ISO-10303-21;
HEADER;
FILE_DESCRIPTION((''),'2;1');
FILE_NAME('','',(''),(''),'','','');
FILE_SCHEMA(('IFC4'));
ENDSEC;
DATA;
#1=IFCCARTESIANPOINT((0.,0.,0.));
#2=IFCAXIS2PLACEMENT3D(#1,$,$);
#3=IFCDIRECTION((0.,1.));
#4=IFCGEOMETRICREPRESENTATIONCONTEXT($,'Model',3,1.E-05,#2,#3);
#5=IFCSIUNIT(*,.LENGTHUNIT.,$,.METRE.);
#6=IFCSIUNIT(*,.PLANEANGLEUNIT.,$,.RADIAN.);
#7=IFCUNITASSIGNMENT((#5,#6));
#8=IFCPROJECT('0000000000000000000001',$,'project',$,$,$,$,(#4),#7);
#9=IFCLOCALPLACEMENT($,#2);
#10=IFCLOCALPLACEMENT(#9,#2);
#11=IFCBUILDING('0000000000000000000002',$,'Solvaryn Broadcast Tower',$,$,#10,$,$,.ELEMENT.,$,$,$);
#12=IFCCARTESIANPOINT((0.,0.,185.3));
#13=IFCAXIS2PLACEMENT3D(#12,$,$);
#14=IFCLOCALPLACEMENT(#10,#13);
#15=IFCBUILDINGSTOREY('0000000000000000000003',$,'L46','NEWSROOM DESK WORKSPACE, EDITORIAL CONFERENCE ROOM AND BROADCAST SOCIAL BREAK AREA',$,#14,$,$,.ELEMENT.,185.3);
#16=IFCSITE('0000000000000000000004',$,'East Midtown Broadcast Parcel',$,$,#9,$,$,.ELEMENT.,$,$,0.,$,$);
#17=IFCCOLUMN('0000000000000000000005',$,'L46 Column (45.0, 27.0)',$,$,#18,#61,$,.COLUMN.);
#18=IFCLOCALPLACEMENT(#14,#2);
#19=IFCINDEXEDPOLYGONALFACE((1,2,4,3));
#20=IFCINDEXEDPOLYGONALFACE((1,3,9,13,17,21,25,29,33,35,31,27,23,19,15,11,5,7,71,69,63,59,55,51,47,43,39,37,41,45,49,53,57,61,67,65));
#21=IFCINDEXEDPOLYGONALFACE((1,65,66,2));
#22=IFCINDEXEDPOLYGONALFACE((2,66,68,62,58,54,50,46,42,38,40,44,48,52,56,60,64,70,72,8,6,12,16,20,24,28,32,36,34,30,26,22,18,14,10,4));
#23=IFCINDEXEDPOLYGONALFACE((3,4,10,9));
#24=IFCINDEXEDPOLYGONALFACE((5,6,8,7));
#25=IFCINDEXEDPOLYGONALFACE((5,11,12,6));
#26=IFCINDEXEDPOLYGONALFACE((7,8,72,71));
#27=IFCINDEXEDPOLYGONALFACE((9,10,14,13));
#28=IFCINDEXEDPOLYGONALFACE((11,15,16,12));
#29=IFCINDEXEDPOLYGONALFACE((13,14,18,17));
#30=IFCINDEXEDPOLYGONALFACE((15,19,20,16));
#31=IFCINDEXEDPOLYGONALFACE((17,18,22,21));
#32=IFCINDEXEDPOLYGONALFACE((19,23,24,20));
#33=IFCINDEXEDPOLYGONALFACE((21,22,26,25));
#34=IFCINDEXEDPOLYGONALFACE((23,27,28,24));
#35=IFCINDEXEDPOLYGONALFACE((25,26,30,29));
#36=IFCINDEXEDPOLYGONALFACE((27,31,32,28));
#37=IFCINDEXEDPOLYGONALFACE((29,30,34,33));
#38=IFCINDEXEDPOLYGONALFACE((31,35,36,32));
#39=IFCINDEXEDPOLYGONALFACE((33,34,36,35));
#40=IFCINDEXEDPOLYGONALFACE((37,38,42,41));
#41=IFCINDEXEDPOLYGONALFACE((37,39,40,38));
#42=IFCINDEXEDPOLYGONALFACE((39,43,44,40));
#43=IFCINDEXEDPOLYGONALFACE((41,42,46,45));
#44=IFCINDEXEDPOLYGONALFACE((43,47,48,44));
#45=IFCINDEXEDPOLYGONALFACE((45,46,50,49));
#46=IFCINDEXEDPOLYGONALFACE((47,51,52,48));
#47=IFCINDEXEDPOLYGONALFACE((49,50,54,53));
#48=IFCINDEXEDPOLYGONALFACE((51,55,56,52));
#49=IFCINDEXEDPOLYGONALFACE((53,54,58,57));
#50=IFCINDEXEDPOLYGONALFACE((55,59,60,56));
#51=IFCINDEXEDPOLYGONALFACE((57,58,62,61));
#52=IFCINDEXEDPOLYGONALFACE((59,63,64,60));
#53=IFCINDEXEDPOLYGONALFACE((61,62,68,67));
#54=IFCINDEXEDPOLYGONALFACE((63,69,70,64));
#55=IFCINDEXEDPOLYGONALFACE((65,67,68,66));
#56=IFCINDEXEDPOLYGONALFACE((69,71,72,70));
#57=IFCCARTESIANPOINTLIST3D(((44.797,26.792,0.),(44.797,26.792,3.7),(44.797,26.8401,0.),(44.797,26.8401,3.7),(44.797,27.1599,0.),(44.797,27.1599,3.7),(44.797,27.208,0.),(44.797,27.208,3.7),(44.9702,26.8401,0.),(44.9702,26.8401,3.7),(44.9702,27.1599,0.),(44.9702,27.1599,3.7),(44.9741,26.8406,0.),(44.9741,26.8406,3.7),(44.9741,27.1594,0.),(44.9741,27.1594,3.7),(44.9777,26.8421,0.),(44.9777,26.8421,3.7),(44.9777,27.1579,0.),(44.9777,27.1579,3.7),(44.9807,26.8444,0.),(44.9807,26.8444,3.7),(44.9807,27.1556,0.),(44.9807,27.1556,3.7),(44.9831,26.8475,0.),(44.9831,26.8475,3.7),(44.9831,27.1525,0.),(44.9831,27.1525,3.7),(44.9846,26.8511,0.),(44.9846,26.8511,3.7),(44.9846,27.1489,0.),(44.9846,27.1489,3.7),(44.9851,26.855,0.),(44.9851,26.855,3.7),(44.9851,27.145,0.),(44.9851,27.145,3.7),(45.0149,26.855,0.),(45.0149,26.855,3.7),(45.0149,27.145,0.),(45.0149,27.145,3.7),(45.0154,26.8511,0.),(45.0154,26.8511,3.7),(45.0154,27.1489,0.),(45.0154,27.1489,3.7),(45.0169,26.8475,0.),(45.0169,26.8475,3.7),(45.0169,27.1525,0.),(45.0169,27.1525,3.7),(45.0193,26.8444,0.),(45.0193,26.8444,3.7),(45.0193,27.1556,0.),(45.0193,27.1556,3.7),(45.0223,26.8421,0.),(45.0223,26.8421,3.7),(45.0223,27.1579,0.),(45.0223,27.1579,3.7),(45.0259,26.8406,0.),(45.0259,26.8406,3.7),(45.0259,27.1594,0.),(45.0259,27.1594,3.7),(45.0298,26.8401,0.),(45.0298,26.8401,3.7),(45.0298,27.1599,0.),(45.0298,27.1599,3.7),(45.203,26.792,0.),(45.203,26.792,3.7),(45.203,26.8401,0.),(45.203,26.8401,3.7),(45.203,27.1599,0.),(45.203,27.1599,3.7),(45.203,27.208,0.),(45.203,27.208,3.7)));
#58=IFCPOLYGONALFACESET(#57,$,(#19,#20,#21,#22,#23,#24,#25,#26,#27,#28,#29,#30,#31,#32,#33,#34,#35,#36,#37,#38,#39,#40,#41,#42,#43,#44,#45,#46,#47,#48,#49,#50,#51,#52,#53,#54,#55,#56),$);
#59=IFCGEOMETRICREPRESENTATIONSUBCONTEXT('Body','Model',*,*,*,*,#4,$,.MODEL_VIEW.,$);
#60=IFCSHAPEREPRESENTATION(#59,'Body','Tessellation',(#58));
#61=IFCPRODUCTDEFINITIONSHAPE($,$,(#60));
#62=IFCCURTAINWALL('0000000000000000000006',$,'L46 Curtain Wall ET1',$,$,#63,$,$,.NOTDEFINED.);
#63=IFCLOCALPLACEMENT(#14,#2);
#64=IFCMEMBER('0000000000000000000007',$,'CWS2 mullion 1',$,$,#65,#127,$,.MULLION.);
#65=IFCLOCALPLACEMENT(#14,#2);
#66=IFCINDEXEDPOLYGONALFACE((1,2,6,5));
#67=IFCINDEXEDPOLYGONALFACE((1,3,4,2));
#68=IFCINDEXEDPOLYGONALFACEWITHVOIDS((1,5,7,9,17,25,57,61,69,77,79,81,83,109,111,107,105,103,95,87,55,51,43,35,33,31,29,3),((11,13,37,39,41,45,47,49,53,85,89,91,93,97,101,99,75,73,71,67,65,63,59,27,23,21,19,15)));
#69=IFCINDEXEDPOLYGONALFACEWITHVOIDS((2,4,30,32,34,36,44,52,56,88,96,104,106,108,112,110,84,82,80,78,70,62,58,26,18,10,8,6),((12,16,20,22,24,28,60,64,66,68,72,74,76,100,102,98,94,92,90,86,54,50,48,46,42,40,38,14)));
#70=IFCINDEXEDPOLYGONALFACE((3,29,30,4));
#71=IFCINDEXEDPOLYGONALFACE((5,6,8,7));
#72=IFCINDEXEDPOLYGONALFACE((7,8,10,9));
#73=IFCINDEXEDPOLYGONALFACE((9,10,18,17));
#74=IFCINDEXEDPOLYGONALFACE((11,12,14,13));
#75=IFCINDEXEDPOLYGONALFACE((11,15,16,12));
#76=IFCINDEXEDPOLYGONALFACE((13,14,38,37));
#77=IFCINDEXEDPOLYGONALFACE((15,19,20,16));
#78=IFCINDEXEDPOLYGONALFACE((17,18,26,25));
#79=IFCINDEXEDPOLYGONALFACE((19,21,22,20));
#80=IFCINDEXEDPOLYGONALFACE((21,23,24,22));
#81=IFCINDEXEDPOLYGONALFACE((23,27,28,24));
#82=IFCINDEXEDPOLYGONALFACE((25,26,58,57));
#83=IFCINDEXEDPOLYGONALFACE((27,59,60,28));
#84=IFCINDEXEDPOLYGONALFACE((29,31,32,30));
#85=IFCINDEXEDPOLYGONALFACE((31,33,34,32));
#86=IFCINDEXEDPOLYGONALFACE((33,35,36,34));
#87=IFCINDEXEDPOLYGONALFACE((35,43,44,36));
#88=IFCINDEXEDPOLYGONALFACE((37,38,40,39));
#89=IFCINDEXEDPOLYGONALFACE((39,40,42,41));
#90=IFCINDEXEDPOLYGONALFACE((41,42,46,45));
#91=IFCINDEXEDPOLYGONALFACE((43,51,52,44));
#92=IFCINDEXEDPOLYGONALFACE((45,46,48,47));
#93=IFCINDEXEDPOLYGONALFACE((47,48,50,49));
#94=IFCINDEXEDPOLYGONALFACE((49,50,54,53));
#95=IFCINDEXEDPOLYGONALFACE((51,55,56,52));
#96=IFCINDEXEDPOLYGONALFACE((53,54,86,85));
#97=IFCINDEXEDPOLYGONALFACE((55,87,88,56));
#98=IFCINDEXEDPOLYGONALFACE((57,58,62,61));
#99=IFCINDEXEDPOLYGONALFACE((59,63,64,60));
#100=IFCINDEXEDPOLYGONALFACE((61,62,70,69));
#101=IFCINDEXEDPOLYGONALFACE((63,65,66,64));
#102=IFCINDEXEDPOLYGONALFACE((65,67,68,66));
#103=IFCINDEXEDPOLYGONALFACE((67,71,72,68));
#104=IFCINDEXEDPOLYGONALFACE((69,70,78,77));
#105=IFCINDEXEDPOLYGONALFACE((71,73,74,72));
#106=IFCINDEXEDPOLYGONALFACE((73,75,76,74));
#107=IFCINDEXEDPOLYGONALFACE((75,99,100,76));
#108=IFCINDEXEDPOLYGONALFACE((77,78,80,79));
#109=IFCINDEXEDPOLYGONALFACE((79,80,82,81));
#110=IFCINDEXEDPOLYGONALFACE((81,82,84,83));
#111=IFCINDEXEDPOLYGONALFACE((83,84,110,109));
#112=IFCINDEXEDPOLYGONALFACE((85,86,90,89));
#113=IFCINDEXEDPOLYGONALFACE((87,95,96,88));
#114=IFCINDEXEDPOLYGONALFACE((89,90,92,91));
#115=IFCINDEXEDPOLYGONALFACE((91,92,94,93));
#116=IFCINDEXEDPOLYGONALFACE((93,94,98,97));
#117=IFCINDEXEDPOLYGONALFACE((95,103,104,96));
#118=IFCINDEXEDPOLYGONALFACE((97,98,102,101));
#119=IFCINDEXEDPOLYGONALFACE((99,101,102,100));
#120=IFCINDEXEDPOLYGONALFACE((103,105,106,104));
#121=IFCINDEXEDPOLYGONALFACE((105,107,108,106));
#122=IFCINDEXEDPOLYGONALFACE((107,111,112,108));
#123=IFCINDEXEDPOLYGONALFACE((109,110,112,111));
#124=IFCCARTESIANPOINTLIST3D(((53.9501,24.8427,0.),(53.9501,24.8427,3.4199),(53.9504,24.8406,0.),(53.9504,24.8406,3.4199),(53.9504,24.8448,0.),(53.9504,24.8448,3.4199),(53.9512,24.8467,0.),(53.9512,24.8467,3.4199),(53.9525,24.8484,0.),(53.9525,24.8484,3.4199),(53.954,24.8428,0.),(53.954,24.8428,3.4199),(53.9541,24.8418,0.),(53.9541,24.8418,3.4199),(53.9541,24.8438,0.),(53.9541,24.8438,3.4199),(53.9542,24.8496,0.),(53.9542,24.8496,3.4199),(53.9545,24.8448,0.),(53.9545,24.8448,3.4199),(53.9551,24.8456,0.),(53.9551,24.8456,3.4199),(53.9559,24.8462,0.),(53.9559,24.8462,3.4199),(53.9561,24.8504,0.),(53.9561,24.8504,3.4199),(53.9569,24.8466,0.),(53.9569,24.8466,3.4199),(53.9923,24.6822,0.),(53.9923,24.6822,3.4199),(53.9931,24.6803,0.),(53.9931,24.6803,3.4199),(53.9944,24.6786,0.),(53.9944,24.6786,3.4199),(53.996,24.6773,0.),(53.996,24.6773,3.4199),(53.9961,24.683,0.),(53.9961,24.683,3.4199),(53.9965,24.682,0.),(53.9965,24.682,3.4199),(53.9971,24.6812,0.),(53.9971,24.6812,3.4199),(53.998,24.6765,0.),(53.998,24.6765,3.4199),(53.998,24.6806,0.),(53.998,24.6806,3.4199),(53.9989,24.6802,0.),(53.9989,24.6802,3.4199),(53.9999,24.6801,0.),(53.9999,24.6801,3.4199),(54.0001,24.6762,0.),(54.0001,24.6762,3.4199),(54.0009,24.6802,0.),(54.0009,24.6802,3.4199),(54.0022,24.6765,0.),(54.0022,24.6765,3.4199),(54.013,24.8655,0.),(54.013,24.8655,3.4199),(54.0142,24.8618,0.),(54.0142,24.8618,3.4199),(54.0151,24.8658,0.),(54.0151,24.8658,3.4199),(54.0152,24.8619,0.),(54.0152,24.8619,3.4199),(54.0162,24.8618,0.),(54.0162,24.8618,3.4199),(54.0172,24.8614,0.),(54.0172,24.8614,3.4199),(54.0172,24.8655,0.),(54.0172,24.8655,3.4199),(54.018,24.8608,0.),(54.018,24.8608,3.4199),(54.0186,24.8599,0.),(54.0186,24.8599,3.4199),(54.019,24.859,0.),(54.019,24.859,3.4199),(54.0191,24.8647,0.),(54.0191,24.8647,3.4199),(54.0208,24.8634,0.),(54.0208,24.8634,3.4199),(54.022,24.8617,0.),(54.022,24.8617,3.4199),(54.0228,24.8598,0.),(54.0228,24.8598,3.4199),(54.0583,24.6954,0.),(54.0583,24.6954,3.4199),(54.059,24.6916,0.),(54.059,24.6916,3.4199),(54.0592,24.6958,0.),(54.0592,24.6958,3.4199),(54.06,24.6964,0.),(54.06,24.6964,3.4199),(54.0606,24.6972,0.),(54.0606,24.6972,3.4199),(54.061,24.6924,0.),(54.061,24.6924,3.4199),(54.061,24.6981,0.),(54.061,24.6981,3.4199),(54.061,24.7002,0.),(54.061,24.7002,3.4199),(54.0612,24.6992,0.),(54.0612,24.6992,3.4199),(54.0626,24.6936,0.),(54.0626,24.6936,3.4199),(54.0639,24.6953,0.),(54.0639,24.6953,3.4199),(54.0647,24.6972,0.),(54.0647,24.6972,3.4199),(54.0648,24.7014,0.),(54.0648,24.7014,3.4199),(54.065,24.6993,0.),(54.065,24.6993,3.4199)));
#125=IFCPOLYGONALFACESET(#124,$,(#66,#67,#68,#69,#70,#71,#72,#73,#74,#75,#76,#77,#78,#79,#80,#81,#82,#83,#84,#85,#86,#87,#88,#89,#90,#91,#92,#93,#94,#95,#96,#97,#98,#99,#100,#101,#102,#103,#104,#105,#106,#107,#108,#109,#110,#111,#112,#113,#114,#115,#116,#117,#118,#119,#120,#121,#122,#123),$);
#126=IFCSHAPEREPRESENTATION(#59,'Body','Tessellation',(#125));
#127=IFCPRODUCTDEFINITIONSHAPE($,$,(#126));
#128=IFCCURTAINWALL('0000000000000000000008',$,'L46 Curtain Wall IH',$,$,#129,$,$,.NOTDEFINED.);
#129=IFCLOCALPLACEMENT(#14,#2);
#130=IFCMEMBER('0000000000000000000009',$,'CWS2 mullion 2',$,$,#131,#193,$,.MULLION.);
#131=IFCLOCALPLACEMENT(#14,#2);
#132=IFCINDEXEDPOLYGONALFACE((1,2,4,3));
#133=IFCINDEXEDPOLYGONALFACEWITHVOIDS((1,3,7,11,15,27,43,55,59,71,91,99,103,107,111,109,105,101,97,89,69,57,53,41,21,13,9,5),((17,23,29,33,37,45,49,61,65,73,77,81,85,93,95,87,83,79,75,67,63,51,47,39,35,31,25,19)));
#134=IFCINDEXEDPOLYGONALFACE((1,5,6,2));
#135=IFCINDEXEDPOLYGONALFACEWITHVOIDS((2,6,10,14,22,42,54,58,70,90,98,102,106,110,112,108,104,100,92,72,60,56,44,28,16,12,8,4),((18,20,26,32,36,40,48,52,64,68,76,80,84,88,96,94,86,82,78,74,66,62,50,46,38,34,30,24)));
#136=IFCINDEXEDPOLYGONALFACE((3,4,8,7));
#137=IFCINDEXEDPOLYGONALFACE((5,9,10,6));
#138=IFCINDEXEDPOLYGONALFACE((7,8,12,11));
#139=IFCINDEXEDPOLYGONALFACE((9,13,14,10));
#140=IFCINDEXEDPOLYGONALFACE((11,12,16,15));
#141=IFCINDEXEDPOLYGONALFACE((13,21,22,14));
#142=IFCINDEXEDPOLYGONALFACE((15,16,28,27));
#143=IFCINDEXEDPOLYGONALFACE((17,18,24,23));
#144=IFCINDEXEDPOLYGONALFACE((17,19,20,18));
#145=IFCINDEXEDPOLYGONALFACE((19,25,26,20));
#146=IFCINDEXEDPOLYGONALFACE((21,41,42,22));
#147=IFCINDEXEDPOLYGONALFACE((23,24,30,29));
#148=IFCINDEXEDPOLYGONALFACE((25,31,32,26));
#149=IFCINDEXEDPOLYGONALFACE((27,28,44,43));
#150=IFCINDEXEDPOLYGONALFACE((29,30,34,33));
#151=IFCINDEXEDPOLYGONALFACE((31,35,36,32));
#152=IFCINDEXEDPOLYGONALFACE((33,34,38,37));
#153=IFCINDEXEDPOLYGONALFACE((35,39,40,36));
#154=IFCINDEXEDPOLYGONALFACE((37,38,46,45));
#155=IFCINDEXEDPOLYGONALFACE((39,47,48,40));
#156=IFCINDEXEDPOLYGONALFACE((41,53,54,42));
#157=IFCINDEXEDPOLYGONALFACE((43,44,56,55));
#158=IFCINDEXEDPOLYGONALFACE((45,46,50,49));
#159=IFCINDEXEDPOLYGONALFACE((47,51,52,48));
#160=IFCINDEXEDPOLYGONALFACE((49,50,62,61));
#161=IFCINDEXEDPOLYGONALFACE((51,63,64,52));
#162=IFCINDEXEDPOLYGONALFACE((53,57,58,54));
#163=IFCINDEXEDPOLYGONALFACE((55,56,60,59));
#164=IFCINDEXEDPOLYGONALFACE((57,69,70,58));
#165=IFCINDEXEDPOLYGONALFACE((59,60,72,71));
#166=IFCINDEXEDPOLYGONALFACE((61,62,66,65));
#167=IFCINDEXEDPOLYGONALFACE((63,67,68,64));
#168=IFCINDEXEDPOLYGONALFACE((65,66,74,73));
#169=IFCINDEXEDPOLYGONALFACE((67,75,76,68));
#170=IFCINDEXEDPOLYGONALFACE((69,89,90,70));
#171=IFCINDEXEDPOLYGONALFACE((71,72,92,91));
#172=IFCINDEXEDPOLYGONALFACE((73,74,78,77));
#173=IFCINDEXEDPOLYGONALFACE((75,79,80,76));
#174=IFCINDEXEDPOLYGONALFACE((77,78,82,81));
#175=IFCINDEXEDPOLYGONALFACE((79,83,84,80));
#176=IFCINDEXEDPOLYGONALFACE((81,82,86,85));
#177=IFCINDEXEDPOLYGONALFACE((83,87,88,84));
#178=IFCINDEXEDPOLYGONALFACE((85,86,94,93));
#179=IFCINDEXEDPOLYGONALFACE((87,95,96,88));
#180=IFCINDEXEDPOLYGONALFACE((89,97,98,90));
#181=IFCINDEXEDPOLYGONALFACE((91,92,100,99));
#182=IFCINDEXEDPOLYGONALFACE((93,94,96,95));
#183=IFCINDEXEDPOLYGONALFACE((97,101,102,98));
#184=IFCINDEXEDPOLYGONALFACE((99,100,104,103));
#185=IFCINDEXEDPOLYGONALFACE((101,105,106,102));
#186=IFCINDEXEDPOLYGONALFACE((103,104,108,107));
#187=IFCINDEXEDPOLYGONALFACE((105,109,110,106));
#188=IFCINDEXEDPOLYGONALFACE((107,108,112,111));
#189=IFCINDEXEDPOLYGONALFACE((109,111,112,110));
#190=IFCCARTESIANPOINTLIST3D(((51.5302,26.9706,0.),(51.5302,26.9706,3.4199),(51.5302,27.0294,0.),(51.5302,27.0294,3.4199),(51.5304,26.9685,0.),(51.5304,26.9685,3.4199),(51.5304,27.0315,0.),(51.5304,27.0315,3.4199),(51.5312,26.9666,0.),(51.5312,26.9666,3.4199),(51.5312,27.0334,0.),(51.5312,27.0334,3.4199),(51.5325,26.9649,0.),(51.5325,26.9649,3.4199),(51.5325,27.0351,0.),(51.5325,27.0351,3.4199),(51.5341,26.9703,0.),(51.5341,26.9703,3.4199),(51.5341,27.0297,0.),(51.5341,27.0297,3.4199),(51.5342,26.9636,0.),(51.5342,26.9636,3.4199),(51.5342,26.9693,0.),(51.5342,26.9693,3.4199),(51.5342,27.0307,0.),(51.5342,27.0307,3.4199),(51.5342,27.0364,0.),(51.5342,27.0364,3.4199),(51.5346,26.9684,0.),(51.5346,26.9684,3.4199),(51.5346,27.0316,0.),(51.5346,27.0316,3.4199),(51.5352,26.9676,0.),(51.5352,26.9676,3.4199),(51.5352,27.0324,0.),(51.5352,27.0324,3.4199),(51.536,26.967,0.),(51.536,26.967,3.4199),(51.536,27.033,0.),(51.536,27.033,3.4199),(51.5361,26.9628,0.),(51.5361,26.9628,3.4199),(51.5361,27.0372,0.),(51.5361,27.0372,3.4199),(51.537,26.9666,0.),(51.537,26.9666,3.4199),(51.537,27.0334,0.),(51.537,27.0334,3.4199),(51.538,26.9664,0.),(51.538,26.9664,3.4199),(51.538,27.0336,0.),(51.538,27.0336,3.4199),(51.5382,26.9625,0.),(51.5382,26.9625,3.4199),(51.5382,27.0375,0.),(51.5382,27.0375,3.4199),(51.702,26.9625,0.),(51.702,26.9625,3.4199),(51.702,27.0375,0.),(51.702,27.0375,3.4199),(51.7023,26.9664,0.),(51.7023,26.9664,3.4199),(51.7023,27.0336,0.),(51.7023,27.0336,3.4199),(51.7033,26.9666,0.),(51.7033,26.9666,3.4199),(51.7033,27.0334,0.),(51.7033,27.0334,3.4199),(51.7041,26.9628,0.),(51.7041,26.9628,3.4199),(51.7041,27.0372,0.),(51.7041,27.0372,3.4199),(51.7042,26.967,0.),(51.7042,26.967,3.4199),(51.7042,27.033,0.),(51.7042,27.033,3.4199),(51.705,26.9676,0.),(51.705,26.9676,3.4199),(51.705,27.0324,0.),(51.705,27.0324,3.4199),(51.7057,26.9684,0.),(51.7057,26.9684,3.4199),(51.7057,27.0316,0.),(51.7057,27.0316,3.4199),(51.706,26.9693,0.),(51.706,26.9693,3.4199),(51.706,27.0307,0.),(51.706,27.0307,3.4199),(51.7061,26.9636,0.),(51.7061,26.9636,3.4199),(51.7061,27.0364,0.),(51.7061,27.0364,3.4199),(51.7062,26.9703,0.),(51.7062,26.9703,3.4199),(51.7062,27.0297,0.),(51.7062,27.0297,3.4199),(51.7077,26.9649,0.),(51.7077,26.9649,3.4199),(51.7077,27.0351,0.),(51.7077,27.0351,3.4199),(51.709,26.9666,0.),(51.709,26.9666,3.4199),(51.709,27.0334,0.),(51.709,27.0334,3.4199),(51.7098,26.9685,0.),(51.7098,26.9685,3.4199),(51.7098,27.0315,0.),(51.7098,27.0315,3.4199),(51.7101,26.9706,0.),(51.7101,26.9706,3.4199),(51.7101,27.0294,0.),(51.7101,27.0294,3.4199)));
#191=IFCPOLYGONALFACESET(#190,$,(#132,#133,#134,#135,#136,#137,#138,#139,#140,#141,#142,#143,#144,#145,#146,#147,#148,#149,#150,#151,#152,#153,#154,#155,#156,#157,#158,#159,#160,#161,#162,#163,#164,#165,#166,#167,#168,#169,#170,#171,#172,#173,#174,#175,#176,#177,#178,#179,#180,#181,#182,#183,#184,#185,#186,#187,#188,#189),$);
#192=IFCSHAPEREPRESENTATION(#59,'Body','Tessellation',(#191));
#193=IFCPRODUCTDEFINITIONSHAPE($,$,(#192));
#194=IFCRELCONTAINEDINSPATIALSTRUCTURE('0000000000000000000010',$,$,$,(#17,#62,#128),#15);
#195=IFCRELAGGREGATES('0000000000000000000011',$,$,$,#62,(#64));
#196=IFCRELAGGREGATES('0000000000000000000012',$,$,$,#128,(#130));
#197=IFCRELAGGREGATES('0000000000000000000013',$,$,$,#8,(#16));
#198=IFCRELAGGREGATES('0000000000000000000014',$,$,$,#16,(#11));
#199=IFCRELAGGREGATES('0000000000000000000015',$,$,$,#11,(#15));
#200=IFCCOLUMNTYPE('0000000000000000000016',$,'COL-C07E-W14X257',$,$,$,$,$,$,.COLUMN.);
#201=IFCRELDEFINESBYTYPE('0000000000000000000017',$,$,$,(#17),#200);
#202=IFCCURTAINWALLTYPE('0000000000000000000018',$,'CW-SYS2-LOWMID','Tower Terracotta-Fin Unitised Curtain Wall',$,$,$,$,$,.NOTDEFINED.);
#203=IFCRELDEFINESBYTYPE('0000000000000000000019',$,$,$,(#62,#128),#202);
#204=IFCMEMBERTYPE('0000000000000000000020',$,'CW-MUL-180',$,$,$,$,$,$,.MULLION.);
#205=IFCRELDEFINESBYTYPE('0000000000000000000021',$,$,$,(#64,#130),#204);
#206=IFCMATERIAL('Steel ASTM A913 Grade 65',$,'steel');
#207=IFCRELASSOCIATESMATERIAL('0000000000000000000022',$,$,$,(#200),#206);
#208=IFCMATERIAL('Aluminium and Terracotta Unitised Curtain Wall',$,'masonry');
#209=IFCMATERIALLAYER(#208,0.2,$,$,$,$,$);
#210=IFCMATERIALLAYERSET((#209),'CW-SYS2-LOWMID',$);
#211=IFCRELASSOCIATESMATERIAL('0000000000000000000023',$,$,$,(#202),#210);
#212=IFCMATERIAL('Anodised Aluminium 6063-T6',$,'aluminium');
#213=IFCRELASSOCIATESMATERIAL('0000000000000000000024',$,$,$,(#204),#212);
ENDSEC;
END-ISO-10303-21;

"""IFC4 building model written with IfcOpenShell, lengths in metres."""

from ifc_helpers import new_model, si_unit, direction, frame, origin, origin_2d, place, context, subcontext, project, spatial, hollow_rectangle, i_section, extrude, material, layer, layer_set, material_profile, profile_set, type_object, element, aggregate, save


model = new_model("IFC4")

# Units and contexts
model_context = context("Model", 3, precision=1e-05, world=origin(), true_north=direction((0.0, 1.0)))
body_context = subcontext(model_context, "Body", "Model", "MODEL_VIEW")
ifc_project = project(units=[si_unit("LENGTHUNIT", "METRE"), si_unit("PLANEANGLEUNIT", "RADIAN")], contexts=[model_context])

# Site, building, storey
site_placement = place(None, origin())
site = spatial("IfcSite", under=ifc_project, at=site_placement, Name="East Midtown Broadcast Parcel", CompositionType="ELEMENT", RefElevation=0.0)
building_placement = place(site_placement, origin())
building = spatial("IfcBuilding", under=site, at=building_placement, Name="Solvaryn Broadcast Tower", CompositionType="ELEMENT")
storey_placement = place(building_placement, frame((0.0, 0.0, 185.3)))
storey = spatial("IfcBuildingStorey", under=building, at=storey_placement, Name="L46", Description="NEWSROOM DESK WORKSPACE, EDITORIAL CONFERENCE ROOM AND BROADCAST SOCIAL BREAK AREA", CompositionType="ELEMENT", Elevation=185.3)

# Column
ifc_material_1 = material(Name="Steel ASTM A913 Grade 65", Category="steel")
ifc_material_profile_1 = material_profile(ifc_material_1, i_section(OverallWidth=0.406, OverallDepth=0.416, WebThickness=0.0298, FlangeThickness=0.0481, FilletRadius=0.0149, at=origin_2d()))
ifc_profile_set_1 = profile_set([ifc_material_profile_1], Name="Steel ASTM A913 Grade 65")
column_type = type_object("IfcColumnType", Name="COL-C07E-W14X257", PredefinedType="COLUMN", material=ifc_profile_set_1)
column_placement = place(storey_placement, frame((45.0, 27.0, 0.0), z_axis=(0.0, 0.0, 1.0), x_axis=(1.0, 0.0, 0.0)))
element("IfcColumn", 1, at=column_placement, inside=storey, type_object=column_type, Name="L46 Column (45.0, 27.0)", PredefinedType="COLUMN", context=body_context, shape_type="SweptSolid", body=[
    extrude(i_section(OverallWidth=0.406, OverallDepth=0.416, WebThickness=0.0298, FlangeThickness=0.0481, FilletRadius=0.0149, at=origin_2d()), origin(), (0.0, 0.0, 1.0), 3.7),
])

# Curtain walls, members
ifc_material_2 = material(Name="Aluminium and Terracotta Unitised Curtain Wall", Category="masonry")
ifc_layer_1 = layer(ifc_material_2, 0.2)
ifc_layer_set_1 = layer_set([ifc_layer_1], Name="CW-SYS2-LOWMID")
curtain_wall_type = type_object("IfcCurtainWallType", Name="CW-SYS2-LOWMID", Description="Tower Terracotta-Fin Unitised Curtain Wall", PredefinedType="NOTDEFINED", material=ifc_layer_set_1)
curtain_wall_1_placement = place(storey_placement, origin())
curtain_wall_1 = element("IfcCurtainWall", 2, at=curtain_wall_1_placement, inside=storey, type_object=curtain_wall_type, Name="L46 Curtain Wall ET1", PredefinedType="NOTDEFINED")
ifc_material_3 = material(Name="Anodised Aluminium 6063-T6", Category="aluminium")
ifc_material_profile_2 = material_profile(ifc_material_3, hollow_rectangle(XDim=0.075, YDim=0.1799, WallThickness=0.0039, InnerFilletRadius=0.0039, OuterFilletRadius=0.0081, at=origin_2d()))
ifc_profile_set_2 = profile_set([ifc_material_profile_2], Name="Anodised Aluminium 6063-T6")
member_type_1 = type_object("IfcMemberType", Name="CW-MUL-180", PredefinedType="MULLION", material=ifc_profile_set_2)
member_1_placement = place(storey_placement, frame((54.0076, 24.771, 0.0), z_axis=(0.0, 0.0, 1.0), x_axis=(0.966705, 0.255893, 0.0)))
member_1 = element("IfcMember", 3, at=member_1_placement, type_object=member_type_1, Name="CWS2 mullion 1", PredefinedType="MULLION", context=body_context, shape_type="SweptSolid", body=[
    extrude(hollow_rectangle(XDim=0.075, YDim=0.1799, WallThickness=0.0039, InnerFilletRadius=0.0039, OuterFilletRadius=0.0081, at=origin_2d()), origin(), (0.0, 0.0, 1.0), 3.4199),
])
curtain_wall_2_placement = place(storey_placement, origin())
curtain_wall_2 = element("IfcCurtainWall", 4, at=curtain_wall_2_placement, inside=storey, type_object=curtain_wall_type, Name="L46 Curtain Wall IH", PredefinedType="NOTDEFINED")
member_2_placement = place(storey_placement, frame((51.6201, 27.0, 0.0), z_axis=(0.0, 0.0, 1.0), x_axis=(0.0, 1.0, 0.0)))
member_2 = element("IfcMember", 5, at=member_2_placement, type_object=member_type_1, Name="CWS2 mullion 2", PredefinedType="MULLION", context=body_context, shape_type="SweptSolid", body=[
    extrude(hollow_rectangle(XDim=0.075, YDim=0.1799, WallThickness=0.0039, InnerFilletRadius=0.0039, OuterFilletRadius=0.0081, at=origin_2d()), origin(), (0.0, 0.0, 1.0), 3.4199),
])

aggregate(curtain_wall_1, [member_1])
aggregate(curtain_wall_2, [member_2])

save(model, "model.ifc")
